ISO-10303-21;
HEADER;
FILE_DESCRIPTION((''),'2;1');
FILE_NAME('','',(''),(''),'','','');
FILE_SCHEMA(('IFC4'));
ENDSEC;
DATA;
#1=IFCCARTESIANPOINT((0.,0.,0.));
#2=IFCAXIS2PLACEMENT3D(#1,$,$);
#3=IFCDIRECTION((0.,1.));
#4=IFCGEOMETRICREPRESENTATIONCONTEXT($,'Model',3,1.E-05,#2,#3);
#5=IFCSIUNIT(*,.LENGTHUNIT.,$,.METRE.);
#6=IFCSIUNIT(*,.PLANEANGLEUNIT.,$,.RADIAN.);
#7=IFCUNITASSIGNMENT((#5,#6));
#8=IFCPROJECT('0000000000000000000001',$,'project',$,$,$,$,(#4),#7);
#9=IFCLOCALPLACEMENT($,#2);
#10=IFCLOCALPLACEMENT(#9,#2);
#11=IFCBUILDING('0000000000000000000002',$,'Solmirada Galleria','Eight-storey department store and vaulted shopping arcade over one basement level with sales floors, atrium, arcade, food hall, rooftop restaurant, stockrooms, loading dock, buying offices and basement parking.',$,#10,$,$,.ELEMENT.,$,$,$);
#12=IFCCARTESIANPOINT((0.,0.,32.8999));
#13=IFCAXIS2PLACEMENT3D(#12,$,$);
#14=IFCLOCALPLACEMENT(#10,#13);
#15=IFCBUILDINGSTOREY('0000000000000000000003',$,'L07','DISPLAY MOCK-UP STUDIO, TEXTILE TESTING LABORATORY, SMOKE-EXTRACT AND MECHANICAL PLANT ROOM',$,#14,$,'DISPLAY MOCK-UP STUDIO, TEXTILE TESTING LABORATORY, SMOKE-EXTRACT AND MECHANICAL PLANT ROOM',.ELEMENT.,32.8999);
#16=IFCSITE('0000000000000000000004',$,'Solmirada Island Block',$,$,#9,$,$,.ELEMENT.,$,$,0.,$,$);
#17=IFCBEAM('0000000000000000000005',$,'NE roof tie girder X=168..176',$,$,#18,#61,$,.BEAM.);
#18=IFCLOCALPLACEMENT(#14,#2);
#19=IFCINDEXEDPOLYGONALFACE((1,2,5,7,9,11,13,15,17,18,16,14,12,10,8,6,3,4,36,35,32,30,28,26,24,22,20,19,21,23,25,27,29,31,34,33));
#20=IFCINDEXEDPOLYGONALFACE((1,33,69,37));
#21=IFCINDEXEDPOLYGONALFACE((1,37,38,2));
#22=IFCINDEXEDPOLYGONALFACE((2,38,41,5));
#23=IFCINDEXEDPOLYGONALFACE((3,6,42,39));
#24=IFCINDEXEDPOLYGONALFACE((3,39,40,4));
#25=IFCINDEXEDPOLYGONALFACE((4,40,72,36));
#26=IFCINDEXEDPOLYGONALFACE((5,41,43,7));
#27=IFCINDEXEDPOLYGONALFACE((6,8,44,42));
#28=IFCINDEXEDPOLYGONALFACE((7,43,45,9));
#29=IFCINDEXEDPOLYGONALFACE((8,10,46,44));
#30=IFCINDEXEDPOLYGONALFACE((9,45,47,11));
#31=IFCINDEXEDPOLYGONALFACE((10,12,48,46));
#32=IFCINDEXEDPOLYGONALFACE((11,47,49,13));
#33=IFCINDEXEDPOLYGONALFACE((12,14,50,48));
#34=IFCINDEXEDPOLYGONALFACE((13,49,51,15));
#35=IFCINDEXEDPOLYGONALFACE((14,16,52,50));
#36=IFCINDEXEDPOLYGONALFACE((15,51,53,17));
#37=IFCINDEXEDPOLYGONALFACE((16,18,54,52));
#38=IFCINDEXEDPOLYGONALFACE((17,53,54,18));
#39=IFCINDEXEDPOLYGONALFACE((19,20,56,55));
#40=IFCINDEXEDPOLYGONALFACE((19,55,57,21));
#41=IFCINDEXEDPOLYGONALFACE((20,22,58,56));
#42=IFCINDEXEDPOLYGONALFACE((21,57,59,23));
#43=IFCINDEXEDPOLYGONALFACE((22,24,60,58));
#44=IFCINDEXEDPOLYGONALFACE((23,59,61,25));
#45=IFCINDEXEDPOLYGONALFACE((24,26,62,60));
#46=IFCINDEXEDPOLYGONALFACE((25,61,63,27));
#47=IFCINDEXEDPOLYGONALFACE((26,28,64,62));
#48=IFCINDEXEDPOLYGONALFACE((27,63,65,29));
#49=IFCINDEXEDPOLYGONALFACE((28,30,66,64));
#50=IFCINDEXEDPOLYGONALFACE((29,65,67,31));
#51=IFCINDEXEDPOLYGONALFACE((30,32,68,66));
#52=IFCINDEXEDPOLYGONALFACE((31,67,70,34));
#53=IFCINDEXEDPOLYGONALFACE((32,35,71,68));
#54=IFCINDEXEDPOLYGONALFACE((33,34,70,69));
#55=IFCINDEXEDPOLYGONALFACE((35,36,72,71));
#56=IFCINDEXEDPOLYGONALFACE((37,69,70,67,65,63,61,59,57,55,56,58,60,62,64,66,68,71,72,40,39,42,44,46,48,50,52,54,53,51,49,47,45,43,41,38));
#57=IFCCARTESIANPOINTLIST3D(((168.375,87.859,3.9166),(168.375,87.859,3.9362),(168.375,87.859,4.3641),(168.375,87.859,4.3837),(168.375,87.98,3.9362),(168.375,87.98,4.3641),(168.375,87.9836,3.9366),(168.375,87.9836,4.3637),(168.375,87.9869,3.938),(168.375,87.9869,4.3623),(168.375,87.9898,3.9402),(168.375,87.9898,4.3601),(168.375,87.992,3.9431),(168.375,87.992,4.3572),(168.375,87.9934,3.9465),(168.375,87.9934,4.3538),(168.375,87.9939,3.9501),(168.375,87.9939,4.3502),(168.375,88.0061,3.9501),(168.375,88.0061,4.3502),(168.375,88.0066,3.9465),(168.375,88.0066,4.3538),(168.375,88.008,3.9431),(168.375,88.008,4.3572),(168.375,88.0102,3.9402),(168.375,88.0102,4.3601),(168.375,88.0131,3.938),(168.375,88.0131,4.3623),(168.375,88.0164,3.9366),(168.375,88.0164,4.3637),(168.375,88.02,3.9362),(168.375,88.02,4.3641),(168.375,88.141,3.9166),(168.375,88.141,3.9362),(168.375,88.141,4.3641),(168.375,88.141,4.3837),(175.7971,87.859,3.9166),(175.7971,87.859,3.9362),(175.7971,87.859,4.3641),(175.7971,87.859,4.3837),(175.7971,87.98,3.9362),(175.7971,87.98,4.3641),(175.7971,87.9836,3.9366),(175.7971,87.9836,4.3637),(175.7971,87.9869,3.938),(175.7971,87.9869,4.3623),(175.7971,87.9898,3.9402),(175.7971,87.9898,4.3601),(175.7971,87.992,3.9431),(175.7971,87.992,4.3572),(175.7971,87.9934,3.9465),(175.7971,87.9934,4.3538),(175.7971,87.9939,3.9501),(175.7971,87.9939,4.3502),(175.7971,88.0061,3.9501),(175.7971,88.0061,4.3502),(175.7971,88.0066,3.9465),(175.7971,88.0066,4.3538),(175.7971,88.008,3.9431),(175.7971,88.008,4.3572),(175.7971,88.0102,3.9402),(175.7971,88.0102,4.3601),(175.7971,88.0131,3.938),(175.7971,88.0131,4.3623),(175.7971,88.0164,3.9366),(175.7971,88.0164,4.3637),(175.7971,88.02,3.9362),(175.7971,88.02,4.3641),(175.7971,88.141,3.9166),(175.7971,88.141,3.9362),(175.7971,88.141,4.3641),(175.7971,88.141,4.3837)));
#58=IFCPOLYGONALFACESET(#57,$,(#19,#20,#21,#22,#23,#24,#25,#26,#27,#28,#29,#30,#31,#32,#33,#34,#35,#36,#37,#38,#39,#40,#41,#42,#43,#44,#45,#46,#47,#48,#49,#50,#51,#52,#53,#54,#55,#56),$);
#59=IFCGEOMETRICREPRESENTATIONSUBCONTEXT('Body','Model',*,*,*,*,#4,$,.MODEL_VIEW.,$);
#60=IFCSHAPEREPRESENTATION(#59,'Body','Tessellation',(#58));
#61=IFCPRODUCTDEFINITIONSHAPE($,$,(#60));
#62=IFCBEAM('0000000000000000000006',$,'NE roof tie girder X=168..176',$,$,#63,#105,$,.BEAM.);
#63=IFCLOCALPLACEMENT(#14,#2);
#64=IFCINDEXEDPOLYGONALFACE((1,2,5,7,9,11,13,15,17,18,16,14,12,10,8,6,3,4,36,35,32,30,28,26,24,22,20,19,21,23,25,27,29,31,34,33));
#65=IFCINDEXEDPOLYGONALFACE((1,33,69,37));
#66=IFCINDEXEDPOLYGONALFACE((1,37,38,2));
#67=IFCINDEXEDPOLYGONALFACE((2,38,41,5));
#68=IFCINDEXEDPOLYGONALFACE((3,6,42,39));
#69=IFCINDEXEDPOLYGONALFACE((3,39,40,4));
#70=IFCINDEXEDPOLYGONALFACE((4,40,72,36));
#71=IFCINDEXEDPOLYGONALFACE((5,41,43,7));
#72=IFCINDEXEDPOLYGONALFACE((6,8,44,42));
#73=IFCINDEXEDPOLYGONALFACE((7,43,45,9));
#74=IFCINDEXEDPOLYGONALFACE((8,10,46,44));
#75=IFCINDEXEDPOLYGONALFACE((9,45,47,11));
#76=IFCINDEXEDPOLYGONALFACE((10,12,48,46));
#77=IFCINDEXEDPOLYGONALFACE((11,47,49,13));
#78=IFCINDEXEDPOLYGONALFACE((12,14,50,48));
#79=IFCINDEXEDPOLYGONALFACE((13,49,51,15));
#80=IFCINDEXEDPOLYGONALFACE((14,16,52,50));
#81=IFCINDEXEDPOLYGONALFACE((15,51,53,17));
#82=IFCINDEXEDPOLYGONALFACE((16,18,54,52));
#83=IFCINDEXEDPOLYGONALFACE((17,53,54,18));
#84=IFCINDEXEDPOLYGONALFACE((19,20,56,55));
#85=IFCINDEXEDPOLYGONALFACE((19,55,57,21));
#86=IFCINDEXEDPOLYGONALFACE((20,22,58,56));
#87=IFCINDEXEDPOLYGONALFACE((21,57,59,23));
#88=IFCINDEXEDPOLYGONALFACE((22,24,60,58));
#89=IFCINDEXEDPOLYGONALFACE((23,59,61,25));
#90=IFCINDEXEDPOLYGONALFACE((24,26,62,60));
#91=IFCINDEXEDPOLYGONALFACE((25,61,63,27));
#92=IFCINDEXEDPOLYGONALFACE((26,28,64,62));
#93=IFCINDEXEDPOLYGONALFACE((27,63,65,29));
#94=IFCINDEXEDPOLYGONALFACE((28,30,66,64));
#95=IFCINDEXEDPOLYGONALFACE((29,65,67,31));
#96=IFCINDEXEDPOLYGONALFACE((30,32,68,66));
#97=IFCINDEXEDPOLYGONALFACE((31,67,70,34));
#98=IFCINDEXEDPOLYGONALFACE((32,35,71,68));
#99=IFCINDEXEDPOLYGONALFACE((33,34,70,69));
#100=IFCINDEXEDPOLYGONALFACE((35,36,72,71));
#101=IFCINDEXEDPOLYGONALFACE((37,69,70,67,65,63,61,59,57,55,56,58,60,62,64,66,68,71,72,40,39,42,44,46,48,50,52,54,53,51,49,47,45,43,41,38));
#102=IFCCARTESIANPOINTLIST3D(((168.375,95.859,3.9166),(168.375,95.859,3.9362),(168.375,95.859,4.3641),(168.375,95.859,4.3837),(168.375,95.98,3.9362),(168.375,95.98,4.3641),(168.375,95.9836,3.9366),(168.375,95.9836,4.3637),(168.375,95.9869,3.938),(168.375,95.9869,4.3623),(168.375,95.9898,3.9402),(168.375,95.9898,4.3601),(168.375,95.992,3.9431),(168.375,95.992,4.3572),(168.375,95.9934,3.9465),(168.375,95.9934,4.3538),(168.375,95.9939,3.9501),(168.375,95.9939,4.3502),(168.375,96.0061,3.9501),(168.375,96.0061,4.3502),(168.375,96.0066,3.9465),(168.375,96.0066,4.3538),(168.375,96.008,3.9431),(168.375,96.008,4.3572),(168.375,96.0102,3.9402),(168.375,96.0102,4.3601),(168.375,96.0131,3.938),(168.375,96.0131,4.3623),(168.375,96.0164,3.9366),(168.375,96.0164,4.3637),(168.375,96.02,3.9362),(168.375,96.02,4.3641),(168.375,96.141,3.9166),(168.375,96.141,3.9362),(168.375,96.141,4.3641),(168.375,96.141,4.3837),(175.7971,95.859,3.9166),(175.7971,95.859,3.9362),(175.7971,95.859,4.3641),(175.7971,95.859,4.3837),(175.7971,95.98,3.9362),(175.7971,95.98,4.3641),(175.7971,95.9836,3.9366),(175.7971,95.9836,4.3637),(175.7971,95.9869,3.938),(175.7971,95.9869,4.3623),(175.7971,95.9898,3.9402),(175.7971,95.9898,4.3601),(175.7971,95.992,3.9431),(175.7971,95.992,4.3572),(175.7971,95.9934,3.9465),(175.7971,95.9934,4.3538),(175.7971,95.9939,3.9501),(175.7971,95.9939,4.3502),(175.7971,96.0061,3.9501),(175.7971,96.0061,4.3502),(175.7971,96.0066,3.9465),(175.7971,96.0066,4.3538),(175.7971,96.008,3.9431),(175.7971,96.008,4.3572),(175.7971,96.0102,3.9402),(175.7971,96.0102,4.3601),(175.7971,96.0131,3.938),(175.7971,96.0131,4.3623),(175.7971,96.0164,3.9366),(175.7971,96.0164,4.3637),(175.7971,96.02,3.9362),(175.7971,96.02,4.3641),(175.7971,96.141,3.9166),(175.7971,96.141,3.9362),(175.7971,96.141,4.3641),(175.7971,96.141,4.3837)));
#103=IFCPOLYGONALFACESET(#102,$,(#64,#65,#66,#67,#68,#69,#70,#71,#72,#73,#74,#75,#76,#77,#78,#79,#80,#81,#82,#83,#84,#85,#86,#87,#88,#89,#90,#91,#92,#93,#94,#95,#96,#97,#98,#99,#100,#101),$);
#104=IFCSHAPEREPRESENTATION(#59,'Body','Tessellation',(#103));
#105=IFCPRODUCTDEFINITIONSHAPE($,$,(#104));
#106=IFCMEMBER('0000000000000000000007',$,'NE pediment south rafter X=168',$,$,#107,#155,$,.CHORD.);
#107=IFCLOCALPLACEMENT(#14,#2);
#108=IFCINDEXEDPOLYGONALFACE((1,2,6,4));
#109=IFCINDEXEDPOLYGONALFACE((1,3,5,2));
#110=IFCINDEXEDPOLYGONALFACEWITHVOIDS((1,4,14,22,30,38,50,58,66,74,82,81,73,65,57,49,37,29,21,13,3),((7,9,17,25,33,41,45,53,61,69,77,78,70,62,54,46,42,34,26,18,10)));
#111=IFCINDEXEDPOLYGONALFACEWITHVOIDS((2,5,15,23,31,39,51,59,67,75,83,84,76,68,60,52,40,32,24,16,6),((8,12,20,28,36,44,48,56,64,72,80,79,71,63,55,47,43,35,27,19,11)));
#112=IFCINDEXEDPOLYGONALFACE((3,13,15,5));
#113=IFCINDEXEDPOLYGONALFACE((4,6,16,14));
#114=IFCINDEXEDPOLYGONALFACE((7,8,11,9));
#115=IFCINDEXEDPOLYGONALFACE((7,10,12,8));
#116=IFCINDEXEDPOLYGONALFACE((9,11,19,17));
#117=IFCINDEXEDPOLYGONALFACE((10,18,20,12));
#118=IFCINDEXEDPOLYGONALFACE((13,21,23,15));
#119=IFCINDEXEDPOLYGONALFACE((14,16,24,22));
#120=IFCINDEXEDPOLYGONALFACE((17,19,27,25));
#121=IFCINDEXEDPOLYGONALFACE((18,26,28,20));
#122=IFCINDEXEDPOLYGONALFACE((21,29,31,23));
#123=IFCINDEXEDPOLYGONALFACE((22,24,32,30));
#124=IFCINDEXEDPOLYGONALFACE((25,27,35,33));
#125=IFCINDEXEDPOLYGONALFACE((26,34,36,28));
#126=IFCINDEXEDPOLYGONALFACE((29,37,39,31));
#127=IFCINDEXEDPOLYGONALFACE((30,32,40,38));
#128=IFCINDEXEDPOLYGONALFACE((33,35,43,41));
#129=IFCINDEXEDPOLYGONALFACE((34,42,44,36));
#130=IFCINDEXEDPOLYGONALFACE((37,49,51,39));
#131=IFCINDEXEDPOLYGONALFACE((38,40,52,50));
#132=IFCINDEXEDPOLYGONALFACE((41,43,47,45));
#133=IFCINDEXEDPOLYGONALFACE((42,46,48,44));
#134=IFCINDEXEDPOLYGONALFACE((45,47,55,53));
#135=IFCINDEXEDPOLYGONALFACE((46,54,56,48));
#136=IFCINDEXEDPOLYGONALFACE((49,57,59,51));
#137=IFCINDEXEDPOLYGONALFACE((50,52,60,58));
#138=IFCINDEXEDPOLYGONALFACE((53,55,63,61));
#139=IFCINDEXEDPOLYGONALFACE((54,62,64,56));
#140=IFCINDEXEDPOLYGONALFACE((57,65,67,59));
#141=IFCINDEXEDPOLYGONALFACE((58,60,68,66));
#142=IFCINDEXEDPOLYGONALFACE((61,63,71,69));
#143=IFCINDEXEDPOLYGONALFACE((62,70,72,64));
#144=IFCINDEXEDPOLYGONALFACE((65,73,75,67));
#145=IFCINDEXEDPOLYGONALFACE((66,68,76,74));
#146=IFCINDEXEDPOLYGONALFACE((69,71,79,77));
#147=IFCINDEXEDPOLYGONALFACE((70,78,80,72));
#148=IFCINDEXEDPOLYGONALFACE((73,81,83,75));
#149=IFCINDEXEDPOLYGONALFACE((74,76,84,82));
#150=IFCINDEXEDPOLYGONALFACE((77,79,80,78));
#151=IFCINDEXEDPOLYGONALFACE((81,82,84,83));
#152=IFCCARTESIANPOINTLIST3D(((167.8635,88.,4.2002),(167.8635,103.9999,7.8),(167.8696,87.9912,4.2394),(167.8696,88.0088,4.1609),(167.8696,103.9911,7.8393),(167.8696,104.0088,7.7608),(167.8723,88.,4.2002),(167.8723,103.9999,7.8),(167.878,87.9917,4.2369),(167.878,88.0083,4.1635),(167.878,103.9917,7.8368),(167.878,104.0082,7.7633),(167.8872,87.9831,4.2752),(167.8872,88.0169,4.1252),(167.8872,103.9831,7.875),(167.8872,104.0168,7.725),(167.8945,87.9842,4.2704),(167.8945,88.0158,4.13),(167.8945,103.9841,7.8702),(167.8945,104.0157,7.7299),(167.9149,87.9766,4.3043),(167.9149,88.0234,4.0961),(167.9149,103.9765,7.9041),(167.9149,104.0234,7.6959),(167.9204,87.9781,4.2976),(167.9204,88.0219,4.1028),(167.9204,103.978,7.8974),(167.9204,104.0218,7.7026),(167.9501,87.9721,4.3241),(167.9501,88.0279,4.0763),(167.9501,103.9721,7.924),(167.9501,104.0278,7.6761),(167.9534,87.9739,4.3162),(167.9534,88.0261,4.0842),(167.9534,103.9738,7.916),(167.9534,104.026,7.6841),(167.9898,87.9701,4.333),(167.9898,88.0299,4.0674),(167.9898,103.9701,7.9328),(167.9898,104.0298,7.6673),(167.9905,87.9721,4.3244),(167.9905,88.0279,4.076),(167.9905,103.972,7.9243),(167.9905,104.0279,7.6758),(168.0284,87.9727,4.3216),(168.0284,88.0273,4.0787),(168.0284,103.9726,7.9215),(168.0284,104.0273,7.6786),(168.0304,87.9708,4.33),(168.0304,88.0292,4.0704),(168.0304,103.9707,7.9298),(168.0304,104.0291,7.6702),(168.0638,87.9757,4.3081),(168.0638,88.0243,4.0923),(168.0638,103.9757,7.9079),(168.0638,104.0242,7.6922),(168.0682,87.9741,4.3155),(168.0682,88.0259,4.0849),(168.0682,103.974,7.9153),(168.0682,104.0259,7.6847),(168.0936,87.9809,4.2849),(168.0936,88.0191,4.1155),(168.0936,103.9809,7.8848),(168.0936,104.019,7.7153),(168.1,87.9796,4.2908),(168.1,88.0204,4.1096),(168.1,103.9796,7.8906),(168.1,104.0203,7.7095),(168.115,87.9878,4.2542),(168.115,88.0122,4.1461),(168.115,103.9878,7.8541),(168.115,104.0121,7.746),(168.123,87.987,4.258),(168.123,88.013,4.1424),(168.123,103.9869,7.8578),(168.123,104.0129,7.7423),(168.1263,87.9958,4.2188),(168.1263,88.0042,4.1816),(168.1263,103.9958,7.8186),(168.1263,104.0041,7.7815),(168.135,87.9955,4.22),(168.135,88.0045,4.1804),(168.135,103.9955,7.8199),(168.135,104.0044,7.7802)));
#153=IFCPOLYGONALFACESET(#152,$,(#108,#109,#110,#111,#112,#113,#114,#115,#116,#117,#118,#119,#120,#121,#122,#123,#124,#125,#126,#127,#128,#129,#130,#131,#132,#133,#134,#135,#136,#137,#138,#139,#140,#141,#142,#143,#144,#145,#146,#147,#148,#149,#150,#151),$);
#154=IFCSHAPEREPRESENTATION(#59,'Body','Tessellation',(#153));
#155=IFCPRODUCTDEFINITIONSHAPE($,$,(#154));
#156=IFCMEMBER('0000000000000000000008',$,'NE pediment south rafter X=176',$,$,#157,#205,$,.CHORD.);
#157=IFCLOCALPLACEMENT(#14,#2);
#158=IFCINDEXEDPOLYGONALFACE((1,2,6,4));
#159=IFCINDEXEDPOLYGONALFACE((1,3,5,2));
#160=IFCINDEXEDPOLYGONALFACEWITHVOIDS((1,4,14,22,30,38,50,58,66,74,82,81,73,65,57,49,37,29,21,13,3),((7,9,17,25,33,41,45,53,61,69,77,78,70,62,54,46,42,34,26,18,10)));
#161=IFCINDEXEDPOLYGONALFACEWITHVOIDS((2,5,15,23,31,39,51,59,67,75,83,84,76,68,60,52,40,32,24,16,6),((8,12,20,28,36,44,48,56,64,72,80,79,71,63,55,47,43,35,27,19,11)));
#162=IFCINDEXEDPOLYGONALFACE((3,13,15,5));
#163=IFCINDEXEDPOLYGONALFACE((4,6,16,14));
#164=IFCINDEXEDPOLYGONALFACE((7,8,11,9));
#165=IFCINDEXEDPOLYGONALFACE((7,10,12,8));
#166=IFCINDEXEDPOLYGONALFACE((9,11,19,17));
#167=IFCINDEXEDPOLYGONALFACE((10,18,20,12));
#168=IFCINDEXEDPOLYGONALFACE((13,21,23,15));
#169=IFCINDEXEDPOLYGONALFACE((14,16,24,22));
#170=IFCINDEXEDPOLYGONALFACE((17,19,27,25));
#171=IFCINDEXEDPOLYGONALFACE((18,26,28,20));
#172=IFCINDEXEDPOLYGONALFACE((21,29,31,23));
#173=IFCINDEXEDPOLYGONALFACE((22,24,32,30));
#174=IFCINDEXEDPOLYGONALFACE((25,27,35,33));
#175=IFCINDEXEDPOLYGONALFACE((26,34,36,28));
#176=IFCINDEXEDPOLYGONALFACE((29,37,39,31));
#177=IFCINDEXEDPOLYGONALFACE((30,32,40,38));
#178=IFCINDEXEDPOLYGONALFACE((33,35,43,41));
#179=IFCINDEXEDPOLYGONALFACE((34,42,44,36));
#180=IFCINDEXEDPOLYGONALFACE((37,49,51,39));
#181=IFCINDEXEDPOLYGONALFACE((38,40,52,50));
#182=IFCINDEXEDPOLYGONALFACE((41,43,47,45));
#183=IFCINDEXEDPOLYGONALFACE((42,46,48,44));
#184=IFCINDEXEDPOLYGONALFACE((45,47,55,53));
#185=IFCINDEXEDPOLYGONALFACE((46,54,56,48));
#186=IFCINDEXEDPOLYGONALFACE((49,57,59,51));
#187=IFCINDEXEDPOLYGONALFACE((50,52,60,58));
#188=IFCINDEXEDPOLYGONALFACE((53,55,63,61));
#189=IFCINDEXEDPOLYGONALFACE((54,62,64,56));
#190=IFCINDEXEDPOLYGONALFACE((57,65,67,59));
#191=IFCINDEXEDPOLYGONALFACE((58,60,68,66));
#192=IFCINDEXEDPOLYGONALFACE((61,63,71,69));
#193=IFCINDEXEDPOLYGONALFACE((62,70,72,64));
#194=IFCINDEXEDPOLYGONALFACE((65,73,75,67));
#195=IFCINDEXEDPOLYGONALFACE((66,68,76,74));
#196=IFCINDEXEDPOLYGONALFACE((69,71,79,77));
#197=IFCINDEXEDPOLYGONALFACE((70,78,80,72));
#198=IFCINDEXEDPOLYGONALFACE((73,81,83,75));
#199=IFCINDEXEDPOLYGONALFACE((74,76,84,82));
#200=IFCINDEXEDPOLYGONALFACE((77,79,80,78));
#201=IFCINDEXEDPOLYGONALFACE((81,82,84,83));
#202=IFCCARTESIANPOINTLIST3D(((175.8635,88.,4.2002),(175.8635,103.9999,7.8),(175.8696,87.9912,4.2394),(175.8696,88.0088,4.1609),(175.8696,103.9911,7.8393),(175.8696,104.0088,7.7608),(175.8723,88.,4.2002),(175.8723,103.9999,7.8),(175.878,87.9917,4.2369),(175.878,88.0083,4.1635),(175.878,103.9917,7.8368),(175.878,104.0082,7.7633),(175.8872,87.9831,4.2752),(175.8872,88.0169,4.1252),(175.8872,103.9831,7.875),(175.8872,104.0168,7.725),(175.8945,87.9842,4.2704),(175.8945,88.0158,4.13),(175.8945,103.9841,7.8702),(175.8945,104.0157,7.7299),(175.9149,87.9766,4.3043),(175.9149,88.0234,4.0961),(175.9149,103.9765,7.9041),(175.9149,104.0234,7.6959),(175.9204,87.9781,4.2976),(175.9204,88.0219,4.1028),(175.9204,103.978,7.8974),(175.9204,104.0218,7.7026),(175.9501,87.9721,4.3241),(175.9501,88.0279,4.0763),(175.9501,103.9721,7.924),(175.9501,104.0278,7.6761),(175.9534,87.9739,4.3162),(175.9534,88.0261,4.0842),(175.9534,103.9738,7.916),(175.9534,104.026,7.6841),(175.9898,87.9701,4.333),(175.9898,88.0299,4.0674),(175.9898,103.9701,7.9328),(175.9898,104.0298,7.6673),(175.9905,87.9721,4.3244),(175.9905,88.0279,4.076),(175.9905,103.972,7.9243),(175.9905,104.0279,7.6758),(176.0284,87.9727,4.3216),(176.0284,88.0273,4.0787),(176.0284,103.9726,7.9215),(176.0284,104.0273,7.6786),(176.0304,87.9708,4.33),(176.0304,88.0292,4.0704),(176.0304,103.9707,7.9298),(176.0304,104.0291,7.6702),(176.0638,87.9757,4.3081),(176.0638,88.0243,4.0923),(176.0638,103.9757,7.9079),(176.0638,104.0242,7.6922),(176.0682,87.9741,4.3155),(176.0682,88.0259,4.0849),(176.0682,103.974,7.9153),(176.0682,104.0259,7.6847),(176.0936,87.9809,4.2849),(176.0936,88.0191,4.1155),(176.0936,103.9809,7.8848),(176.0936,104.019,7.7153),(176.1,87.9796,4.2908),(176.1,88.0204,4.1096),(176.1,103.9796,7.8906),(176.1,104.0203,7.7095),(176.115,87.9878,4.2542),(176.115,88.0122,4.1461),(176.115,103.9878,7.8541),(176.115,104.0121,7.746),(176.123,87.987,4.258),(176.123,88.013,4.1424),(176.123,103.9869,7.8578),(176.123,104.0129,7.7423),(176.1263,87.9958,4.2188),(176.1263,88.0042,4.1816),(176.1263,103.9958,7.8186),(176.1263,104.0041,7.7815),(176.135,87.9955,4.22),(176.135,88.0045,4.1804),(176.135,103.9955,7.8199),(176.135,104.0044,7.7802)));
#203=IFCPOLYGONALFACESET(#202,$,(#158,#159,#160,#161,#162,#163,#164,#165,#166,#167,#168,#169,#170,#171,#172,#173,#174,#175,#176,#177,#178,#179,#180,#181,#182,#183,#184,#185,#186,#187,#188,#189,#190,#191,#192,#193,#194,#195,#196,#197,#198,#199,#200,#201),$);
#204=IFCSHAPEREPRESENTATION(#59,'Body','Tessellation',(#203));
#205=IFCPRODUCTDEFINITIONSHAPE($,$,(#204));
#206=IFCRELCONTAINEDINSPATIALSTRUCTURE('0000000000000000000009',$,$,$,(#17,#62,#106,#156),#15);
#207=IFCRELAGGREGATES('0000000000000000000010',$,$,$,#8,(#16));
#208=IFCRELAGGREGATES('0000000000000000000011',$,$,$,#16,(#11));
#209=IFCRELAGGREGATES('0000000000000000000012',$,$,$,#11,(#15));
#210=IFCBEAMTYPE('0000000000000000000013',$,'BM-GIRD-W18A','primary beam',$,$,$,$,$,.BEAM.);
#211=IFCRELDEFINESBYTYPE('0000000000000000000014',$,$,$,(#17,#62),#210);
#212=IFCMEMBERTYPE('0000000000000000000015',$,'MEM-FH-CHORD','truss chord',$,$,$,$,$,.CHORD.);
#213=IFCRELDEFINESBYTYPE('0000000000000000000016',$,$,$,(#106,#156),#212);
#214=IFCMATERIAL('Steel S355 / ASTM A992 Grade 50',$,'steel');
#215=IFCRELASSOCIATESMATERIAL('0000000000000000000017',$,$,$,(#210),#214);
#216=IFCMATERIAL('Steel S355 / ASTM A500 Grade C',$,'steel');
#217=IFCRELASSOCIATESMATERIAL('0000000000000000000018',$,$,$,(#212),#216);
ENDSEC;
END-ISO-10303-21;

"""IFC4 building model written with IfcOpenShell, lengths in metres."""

from ifc_helpers import new_model, si_unit, direction, frame, origin, origin_2d, place, context, subcontext, project, spatial, hollow_circle, i_section, extrude, material, material_profile, profile_set, type_object, element, save


model = new_model("IFC4")

# Units and contexts
model_context = context("Model", 3, precision=1e-05, world=origin(), true_north=direction((0.0, 1.0)))
body_context = subcontext(model_context, "Body", "Model", "MODEL_VIEW")
ifc_project = project(units=[si_unit("LENGTHUNIT", "METRE"), si_unit("PLANEANGLEUNIT", "RADIAN")], contexts=[model_context])

# Site, building, storey
site_placement = place(None, origin())
site = spatial("IfcSite", under=ifc_project, at=site_placement, Name="Solmirada Island Block", CompositionType="ELEMENT", RefElevation=0.0)
building_placement = place(site_placement, origin())
building = spatial("IfcBuilding", under=site, at=building_placement, Name="Solmirada Galleria", Description="Eight-storey department store and vaulted shopping arcade over one basement level with sales floors, atrium, arcade, food hall, rooftop restaurant, stockrooms, loading dock, buying offices and basement parking.", CompositionType="ELEMENT")
storey_placement = place(building_placement, frame((0.0, 0.0, 32.8999)))
storey = spatial("IfcBuildingStorey", under=building, at=storey_placement, Name="L07", Description="DISPLAY MOCK-UP STUDIO, TEXTILE TESTING LABORATORY, SMOKE-EXTRACT AND MECHANICAL PLANT ROOM", LongName="DISPLAY MOCK-UP STUDIO, TEXTILE TESTING LABORATORY, SMOKE-EXTRACT AND MECHANICAL PLANT ROOM", CompositionType="ELEMENT", Elevation=32.8999)

# Shared definitions
ifc_material_1 = material(Name="Steel S355 / ASTM A500 Grade C", Category="steel")

# Beams
ifc_material_2 = material(Name="Steel S355 / ASTM A992 Grade 50", Category="steel")
ifc_material_profile_1 = material_profile(ifc_material_2, i_section(OverallWidth=0.282, OverallDepth=0.467, WebThickness=0.0122, FlangeThickness=0.0195, FilletRadius=0.0139, at=origin_2d()), Name="W18X86")
ifc_profile_set_1 = profile_set([ifc_material_profile_1], Name="Steel S355 / ASTM A992 Grade 50")
beam_type = type_object("IfcBeamType", Name="BM-GIRD-W18A", Description="primary beam", PredefinedType="BEAM", material=ifc_profile_set_1)
for number, where, z_axis, x_axis, name in (
    (1, (168.375, 88.0, 4.1501), (1.0, 0.0, 0.0), (0.0, 1.0, 0.0), "NE roof tie girder X=168..176"),
    (2, (168.375, 96.0, 4.1501), (1.0, 0.0, 0.0), (0.0, 1.0, 0.0), "NE roof tie girder X=168..176"),
):
    element("IfcBeam", number, at=place(storey_placement, frame(where, z_axis=z_axis, x_axis=x_axis)), inside=storey, type_object=beam_type, Name=name, PredefinedType="BEAM", context=body_context, shape_type="SweptSolid", body=[
        extrude(i_section(OverallWidth=0.282, OverallDepth=0.467, WebThickness=0.0122, FlangeThickness=0.0195, FilletRadius=0.0139, at=origin_2d()), origin(), (0.0, 0.0, 1.0), 7.4221),
    ])

# Members
ifc_material_profile_2 = material_profile(ifc_material_1, hollow_circle(Radius=0.1365, WallThickness=0.0088, at=origin_2d()), Name="HSS10.750X0.375")
ifc_profile_set_2 = profile_set([ifc_material_profile_2], Name="Steel S355 / ASTM A500 Grade C")
member_type = type_object("IfcMemberType", Name="MEM-FH-CHORD", Description="truss chord", PredefinedType="CHORD", material=ifc_profile_set_2)
for number, where, z_axis, x_axis, name in (
    (3, (168.0, 88.0, 4.2002), (0.0, 0.975612, 0.219504), (-1.0, 0.0, 0.0), "NE pediment south rafter X=168"),
    (4, (176.0, 88.0, 4.2002), (0.0, 0.975612, 0.219504), (-1.0, 0.0, 0.0), "NE pediment south rafter X=176"),
):
    element("IfcMember", number, at=place(storey_placement, frame(where, z_axis=z_axis, x_axis=x_axis)), inside=storey, type_object=member_type, Name=name, PredefinedType="CHORD", context=body_context, shape_type="SweptSolid", body=[
        extrude(hollow_circle(Radius=0.1365, WallThickness=0.0088, at=origin_2d()), origin(), (0.0, 0.0, 1.0), 16.3999),
    ])

save(model, "model.ifc")
